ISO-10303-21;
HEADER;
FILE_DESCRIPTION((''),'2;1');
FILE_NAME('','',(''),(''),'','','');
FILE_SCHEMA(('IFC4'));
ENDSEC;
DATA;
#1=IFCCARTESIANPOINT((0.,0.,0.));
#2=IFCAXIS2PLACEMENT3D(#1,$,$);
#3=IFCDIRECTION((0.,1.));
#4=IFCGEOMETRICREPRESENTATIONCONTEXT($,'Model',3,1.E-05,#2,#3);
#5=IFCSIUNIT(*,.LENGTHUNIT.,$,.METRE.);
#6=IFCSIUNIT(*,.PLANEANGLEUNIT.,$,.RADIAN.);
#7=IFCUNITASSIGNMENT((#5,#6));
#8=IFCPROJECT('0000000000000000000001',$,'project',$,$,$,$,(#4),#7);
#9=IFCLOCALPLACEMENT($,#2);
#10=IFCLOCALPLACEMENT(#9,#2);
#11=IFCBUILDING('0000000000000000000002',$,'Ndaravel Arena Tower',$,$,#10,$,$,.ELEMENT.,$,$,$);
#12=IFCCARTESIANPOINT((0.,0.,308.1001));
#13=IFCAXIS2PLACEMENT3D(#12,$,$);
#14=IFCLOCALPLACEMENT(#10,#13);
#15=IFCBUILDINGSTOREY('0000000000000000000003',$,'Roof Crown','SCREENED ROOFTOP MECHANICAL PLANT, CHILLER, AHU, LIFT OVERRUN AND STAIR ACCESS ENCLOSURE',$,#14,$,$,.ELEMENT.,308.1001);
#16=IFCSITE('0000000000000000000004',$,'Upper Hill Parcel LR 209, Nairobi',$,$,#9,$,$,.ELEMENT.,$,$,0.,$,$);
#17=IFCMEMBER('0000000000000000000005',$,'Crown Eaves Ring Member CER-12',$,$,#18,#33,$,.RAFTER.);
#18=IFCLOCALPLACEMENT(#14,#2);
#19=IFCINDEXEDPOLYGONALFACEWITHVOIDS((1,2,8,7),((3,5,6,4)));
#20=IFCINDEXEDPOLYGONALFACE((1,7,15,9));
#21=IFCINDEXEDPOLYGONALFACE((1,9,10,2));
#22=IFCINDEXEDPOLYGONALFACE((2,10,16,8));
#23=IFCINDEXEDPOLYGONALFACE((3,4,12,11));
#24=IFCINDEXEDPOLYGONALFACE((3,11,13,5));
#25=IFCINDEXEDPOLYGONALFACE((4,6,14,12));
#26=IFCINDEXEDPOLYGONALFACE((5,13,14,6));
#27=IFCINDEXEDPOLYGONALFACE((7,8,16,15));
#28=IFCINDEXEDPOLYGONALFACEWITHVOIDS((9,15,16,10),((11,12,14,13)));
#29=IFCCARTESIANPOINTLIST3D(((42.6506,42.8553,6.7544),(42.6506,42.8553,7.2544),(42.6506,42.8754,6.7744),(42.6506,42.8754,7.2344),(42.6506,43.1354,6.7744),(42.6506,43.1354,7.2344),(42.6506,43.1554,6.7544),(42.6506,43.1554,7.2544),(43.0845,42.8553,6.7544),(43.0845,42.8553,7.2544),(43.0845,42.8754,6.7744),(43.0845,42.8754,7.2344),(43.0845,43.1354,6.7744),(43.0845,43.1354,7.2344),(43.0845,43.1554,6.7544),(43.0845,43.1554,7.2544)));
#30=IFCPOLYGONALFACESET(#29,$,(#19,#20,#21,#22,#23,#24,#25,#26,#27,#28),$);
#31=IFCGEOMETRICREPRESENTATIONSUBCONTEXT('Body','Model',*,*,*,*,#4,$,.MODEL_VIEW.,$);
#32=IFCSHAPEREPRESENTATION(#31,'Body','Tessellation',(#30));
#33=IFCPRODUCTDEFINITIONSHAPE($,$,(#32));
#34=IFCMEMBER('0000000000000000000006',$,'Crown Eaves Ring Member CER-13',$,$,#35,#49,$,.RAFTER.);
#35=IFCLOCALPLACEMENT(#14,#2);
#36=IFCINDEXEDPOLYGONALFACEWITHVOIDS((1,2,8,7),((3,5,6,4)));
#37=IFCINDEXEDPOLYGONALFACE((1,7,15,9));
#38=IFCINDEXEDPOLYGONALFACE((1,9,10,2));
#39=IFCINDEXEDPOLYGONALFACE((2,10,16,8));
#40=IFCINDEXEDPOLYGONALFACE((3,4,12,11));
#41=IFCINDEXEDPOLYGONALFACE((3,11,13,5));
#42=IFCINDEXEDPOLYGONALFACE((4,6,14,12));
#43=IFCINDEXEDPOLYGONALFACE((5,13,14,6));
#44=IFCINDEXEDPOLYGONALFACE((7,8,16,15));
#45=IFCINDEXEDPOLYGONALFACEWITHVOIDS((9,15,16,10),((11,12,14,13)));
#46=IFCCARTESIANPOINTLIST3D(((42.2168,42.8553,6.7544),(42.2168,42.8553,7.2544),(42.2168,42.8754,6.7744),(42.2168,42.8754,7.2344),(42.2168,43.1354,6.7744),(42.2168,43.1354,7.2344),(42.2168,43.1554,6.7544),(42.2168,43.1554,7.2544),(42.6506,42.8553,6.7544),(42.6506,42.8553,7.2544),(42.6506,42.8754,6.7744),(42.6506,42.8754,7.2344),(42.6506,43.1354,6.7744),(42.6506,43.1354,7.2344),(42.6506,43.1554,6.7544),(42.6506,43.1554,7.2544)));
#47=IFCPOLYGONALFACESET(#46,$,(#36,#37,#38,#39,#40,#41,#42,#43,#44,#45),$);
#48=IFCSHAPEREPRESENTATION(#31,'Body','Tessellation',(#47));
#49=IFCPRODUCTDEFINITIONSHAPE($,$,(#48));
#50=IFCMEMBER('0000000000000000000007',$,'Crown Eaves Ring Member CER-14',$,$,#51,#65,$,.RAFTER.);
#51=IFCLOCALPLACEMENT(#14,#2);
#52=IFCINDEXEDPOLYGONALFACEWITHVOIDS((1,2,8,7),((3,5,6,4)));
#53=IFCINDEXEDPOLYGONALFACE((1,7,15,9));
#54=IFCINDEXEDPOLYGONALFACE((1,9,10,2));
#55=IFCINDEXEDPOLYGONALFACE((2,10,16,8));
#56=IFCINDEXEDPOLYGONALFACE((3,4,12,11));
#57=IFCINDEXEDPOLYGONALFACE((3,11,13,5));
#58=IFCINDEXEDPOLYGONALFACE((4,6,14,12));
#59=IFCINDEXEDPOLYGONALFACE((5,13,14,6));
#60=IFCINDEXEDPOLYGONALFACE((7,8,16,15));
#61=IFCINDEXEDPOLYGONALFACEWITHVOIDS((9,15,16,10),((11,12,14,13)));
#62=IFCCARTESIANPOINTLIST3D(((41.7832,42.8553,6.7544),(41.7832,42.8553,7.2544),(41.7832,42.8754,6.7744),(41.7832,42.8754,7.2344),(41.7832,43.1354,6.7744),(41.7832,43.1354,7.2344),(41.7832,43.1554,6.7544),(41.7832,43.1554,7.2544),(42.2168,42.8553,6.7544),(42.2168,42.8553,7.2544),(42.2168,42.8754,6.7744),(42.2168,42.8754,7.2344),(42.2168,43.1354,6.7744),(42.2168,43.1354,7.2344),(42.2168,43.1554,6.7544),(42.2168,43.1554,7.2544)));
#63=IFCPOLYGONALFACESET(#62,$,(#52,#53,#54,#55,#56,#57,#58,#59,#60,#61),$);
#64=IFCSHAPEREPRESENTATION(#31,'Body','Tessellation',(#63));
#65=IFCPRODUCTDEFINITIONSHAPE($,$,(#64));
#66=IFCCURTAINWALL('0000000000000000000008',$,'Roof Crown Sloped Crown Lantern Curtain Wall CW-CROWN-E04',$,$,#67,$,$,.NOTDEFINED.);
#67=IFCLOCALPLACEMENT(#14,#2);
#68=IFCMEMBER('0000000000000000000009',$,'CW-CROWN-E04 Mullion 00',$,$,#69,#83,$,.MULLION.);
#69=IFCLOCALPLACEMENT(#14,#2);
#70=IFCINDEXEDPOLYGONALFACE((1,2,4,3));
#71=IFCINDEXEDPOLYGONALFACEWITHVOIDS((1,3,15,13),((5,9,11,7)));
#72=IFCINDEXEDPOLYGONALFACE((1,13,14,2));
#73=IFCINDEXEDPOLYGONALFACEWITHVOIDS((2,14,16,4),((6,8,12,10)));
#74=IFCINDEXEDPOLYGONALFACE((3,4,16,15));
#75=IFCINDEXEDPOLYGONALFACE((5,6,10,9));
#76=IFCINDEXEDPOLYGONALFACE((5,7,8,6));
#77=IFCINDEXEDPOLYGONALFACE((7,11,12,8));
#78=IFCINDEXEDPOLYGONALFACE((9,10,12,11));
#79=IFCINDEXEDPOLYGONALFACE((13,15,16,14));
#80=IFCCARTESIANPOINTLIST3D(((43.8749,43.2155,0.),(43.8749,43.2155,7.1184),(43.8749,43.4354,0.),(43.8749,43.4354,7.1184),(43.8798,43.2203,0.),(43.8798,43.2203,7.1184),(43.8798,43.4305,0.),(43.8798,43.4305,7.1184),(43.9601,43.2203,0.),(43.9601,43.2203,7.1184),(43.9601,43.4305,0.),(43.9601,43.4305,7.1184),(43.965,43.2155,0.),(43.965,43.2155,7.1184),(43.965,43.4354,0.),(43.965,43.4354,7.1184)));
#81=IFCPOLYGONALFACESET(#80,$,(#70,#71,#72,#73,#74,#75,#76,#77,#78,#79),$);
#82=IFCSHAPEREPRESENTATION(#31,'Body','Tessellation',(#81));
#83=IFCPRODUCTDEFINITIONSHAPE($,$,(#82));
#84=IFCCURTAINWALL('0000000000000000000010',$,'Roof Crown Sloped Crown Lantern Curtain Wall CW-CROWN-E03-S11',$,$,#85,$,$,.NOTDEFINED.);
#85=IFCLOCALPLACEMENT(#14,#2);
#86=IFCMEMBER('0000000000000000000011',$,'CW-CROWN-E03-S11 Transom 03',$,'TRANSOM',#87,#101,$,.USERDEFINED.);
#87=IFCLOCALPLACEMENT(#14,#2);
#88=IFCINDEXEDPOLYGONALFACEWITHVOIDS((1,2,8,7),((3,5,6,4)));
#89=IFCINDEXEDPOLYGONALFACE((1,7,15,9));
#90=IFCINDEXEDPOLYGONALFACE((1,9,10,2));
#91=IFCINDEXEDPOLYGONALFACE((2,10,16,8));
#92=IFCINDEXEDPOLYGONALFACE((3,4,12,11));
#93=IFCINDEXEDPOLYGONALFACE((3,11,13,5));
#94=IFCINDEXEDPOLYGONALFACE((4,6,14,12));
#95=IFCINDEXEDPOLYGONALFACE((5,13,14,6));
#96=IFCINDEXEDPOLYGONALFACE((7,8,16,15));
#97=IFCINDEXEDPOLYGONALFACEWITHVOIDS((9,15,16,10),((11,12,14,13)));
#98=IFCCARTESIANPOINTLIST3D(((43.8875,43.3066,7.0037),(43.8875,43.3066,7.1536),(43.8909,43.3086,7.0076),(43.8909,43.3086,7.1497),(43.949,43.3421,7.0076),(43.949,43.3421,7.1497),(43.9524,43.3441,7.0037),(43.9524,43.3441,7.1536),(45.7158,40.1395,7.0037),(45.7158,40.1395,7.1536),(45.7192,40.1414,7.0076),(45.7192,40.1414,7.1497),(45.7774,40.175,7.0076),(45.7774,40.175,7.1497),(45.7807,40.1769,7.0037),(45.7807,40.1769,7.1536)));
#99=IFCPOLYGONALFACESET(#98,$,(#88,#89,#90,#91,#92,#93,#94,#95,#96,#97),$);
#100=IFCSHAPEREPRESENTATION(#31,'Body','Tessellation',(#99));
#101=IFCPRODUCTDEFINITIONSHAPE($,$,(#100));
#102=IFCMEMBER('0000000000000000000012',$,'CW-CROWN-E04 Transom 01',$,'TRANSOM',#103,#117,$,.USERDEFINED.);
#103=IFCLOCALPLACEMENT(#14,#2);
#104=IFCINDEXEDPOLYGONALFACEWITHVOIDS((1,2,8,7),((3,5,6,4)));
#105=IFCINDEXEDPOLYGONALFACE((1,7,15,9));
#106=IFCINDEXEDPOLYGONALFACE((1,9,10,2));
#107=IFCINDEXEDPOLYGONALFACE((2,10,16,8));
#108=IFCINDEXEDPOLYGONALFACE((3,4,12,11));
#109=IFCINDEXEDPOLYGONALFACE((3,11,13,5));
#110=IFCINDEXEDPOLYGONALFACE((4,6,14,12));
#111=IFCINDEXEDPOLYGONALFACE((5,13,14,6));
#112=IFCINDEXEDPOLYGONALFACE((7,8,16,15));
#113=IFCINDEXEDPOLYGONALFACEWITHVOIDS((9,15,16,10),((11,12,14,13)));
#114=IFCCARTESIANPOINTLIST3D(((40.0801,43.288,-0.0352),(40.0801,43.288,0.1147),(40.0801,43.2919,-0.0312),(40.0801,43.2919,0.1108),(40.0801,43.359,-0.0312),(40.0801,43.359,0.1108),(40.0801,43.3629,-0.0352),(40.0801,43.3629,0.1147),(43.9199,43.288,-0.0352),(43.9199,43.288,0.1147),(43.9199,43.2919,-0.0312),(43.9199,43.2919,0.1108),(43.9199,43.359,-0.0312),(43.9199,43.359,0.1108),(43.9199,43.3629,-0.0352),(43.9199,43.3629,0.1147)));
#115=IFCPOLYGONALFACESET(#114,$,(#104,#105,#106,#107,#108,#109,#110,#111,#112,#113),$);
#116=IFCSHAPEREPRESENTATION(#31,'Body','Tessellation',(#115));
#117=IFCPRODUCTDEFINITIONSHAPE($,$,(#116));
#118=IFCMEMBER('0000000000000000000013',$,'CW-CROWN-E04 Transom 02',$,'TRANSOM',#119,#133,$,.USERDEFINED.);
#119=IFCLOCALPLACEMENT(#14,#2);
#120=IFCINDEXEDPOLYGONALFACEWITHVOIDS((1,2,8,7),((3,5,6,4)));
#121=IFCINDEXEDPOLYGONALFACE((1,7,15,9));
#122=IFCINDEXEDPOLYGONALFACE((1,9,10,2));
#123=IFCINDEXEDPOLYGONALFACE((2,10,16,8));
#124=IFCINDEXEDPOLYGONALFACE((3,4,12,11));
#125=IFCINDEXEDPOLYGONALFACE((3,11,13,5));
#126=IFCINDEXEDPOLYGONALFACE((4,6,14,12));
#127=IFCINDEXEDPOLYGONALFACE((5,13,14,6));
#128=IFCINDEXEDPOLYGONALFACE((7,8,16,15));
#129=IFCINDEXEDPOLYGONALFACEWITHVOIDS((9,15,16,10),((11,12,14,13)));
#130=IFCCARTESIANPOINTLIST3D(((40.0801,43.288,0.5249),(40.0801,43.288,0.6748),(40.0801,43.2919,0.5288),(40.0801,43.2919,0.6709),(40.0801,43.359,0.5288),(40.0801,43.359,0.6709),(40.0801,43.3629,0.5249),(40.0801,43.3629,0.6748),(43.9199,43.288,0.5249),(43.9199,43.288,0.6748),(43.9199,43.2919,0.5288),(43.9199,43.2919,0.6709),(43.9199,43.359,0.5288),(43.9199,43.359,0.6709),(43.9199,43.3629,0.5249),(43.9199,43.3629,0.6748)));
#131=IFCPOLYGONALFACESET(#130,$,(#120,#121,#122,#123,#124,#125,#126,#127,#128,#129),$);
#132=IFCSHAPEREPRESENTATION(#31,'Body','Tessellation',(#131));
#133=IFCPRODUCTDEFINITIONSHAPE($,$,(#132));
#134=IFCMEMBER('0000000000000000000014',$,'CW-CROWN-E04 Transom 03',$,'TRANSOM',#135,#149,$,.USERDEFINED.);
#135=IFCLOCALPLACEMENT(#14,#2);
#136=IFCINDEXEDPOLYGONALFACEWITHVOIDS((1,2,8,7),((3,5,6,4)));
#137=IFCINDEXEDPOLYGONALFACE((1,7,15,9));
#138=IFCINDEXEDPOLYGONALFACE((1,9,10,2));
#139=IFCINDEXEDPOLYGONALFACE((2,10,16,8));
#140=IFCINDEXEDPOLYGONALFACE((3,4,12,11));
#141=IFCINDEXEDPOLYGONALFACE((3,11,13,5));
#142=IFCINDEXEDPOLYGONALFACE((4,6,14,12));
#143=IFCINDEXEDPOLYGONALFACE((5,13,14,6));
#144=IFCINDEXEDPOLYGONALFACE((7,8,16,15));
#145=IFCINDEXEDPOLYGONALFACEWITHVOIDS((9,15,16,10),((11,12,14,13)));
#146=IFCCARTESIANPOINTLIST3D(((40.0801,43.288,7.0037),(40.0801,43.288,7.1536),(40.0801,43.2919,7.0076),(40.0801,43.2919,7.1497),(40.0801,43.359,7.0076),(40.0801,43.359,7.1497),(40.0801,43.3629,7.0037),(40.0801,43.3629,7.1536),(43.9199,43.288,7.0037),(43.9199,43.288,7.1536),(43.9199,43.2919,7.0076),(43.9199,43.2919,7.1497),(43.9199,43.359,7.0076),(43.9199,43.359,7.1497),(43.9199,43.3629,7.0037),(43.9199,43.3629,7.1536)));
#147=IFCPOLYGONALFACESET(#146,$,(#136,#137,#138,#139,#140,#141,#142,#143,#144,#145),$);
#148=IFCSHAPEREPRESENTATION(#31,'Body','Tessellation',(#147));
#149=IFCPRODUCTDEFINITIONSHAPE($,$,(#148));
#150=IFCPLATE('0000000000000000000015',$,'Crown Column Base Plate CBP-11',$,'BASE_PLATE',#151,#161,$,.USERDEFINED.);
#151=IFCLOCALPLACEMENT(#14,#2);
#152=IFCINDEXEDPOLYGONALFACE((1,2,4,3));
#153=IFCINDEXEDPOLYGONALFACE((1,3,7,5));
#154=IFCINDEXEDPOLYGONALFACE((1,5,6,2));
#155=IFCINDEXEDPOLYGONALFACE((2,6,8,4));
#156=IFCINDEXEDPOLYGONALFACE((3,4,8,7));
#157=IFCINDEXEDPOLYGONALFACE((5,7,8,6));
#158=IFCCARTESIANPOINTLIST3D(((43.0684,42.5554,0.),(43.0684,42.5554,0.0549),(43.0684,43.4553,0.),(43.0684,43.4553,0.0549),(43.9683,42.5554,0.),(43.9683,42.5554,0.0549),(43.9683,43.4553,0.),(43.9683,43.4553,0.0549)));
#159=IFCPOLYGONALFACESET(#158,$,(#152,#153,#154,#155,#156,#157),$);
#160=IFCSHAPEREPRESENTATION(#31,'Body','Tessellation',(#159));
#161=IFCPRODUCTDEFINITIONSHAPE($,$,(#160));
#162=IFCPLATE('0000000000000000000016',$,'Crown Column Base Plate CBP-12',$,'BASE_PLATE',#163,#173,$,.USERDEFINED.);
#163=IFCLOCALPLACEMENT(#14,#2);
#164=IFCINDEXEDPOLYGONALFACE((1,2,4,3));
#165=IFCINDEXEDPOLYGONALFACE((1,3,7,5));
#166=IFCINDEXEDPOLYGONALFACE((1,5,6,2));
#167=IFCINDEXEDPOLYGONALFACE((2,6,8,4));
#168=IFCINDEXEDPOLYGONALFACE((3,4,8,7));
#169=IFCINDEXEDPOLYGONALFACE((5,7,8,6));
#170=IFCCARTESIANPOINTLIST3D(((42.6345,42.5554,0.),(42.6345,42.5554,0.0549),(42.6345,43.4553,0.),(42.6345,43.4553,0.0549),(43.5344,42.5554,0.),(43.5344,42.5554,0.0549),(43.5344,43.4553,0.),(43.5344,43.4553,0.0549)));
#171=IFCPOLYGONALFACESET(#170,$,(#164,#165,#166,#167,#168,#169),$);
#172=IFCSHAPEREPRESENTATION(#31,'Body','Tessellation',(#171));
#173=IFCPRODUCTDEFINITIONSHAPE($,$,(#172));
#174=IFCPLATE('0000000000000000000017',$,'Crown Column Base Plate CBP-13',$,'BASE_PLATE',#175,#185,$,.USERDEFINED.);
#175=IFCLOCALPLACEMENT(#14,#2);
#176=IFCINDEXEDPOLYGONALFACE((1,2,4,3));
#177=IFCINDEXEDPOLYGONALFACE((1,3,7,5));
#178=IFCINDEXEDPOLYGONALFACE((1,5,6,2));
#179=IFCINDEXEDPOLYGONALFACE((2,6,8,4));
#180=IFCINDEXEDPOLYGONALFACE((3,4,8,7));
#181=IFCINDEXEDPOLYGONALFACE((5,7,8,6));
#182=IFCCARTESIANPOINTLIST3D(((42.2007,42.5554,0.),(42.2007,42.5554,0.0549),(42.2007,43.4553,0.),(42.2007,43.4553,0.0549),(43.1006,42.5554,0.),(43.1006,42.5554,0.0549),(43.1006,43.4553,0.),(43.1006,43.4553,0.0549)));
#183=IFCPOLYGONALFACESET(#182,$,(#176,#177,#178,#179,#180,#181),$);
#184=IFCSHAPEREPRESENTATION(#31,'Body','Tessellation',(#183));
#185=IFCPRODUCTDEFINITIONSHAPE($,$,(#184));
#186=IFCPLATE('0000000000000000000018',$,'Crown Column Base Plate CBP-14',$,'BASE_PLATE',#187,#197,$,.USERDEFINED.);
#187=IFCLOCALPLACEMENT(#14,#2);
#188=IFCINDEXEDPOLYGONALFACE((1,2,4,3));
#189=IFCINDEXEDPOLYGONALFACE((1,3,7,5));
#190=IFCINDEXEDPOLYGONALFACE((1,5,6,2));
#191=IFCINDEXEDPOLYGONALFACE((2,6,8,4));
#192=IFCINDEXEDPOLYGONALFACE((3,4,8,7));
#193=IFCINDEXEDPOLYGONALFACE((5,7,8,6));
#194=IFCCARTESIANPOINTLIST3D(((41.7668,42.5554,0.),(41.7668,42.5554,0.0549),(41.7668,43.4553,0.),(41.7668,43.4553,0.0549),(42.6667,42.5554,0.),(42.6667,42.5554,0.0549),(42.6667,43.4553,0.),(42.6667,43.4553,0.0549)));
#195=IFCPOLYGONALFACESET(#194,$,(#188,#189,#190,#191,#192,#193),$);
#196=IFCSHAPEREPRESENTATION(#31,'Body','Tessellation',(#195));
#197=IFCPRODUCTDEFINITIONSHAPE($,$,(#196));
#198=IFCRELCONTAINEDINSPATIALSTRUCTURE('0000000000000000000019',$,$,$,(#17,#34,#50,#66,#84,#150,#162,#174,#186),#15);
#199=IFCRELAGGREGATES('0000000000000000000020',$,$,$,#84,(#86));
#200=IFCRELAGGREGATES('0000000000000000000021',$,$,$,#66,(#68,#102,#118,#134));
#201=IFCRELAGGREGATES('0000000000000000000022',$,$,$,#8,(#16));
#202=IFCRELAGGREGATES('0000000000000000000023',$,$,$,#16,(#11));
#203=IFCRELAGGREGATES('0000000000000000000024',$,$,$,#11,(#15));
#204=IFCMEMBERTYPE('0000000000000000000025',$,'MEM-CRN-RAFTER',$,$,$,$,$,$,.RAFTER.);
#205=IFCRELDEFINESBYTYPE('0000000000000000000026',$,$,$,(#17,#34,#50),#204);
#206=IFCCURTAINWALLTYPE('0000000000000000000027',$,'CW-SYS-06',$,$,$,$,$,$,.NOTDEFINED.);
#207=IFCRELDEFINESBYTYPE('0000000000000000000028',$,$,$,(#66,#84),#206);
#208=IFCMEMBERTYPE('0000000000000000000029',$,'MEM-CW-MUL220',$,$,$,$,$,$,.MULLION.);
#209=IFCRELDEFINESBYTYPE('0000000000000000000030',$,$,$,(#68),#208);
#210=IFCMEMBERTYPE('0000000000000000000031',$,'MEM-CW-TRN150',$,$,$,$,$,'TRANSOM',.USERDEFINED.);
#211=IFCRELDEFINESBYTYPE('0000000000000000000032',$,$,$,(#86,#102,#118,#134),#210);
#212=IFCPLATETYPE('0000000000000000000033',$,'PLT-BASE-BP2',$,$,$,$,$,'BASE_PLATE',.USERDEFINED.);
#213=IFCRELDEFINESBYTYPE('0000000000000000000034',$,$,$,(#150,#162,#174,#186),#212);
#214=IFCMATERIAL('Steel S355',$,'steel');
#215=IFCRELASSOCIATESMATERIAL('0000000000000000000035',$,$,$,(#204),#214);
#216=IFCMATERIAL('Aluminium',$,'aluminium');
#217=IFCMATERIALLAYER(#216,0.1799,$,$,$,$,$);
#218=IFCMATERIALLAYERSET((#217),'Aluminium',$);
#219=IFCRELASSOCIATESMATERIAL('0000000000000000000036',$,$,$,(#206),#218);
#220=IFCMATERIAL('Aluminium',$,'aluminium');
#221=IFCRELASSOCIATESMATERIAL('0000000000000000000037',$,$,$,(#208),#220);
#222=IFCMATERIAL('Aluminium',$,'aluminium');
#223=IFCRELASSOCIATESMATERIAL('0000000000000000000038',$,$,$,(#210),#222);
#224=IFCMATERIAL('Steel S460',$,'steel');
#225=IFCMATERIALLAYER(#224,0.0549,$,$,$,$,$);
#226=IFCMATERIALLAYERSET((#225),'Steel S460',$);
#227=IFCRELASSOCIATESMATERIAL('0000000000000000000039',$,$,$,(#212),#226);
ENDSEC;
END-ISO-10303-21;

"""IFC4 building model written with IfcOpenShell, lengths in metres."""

from ifc_helpers import new_model, si_unit, direction, frame, origin, origin_2d, place, context, subcontext, project, spatial, rectangle, hollow_rectangle, extrude, material, layer, layer_set, material_profile, profile_set, type_object, element, aggregate, save


model = new_model("IFC4")

# Units and contexts
model_context = context("Model", 3, precision=1e-05, world=origin(), true_north=direction((0.0, 1.0)))
body_context = subcontext(model_context, "Body", "Model", "MODEL_VIEW")
ifc_project = project(units=[si_unit("LENGTHUNIT", "METRE"), si_unit("PLANEANGLEUNIT", "RADIAN")], contexts=[model_context])

# Site, building, storey
site_placement = place(None, origin())
site = spatial("IfcSite", under=ifc_project, at=site_placement, Name="Upper Hill Parcel LR 209, Nairobi", CompositionType="ELEMENT", RefElevation=0.0)
building_placement = place(site_placement, origin())
building = spatial("IfcBuilding", under=site, at=building_placement, Name="Ndaravel Arena Tower", CompositionType="ELEMENT")
storey_placement = place(building_placement, frame((0.0, 0.0, 308.1001)))
storey = spatial("IfcBuildingStorey", under=building, at=storey_placement, Name="Roof Crown", Description="SCREENED ROOFTOP MECHANICAL PLANT, CHILLER, AHU, LIFT OVERRUN AND STAIR ACCESS ENCLOSURE", CompositionType="ELEMENT", Elevation=308.1001)

# Members
ifc_material_1 = material(Name="Steel S355", Category="steel")
ifc_material_profile_1 = material_profile(ifc_material_1, hollow_rectangle(XDim=0.3, YDim=0.5, WallThickness=0.02, at=origin_2d()), Name="RHS 500x300x20")
ifc_profile_set_1 = profile_set([ifc_material_profile_1], Name="Steel S355")
member_type_1 = type_object("IfcMemberType", Name="MEM-CRN-RAFTER", PredefinedType="RAFTER", material=ifc_profile_set_1)
for number, where, z_axis, x_axis, name in (
    (1, (43.0845, 43.0054, 7.0044), (-1.0, 0.0, 0.0), (0.0, -1.0, 0.0), "Crown Eaves Ring Member CER-12"),
    (2, (42.6506, 43.0054, 7.0044), (-1.0, 0.0, 0.0), (0.0, -1.0, 0.0), "Crown Eaves Ring Member CER-13"),
):
    element("IfcMember", number, at=place(storey_placement, frame(where, z_axis=z_axis, x_axis=x_axis)), inside=storey, type_object=member_type_1, Name=name, PredefinedType="RAFTER", context=body_context, shape_type="SweptSolid", body=[
        extrude(hollow_rectangle(XDim=0.3, YDim=0.5, WallThickness=0.02, at=origin_2d()), origin(), (0.0, 0.0, 1.0), 0.4338),
    ])
member_1_placement = place(storey_placement, frame((42.2168, 43.0054, 7.0044), z_axis=(-1.0, 0.0, 0.0), x_axis=(0.0, -1.0, 0.0)))
element("IfcMember", 3, at=member_1_placement, inside=storey, type_object=member_type_1, Name="Crown Eaves Ring Member CER-14", PredefinedType="RAFTER", context=body_context, shape_type="SweptSolid", body=[
    extrude(hollow_rectangle(XDim=0.3, YDim=0.5, WallThickness=0.02, at=origin_2d()), origin(), (0.0, 0.0, 1.0), 0.4336),
])

# Curtain walls, members
ifc_material_2 = material(Name="Aluminium", Category="aluminium")
ifc_layer_1 = layer(ifc_material_2, 0.1799)
ifc_layer_set_1 = layer_set([ifc_layer_1], Name="Aluminium")
curtain_wall_type = type_object("IfcCurtainWallType", Name="CW-SYS-06", PredefinedType="NOTDEFINED", material=ifc_layer_set_1)
curtain_wall_1_placement = place(storey_placement, origin())
curtain_wall_1 = element("IfcCurtainWall", 4, at=curtain_wall_1_placement, inside=storey, type_object=curtain_wall_type, Name="Roof Crown Sloped Crown Lantern Curtain Wall CW-CROWN-E04", PredefinedType="NOTDEFINED")
ifc_material_3 = material(Name="Aluminium", Category="aluminium")
ifc_material_profile_2 = material_profile(ifc_material_3, hollow_rectangle(XDim=0.0901, YDim=0.22, WallThickness=0.0049, at=origin_2d()), Name="CW MULLION 90x220x5")
ifc_profile_set_2 = profile_set([ifc_material_profile_2], Name="Aluminium")
member_type_2 = type_object("IfcMemberType", Name="MEM-CW-MUL220", PredefinedType="MULLION", material=ifc_profile_set_2)
member_2_placement = place(storey_placement, frame((43.9199, 43.3254, 0.0), z_axis=(0.0, 0.0, 1.0), x_axis=(-1.0, 0.0, 0.0)))
member_2 = element("IfcMember", 5, at=member_2_placement, type_object=member_type_2, Name="CW-CROWN-E04 Mullion 00", PredefinedType="MULLION", context=body_context, shape_type="SweptSolid", body=[
    extrude(hollow_rectangle(XDim=0.0901, YDim=0.22, WallThickness=0.0049, at=origin_2d()), origin(), (0.0, 0.0, 1.0), 7.1184),
])
curtain_wall_2_placement = place(storey_placement, origin())
curtain_wall_2 = element("IfcCurtainWall", 6, at=curtain_wall_2_placement, inside=storey, type_object=curtain_wall_type, Name="Roof Crown Sloped Crown Lantern Curtain Wall CW-CROWN-E03-S11", PredefinedType="NOTDEFINED")
ifc_material_4 = material(Name="Aluminium", Category="aluminium")
ifc_material_profile_3 = material_profile(ifc_material_4, hollow_rectangle(XDim=0.075, YDim=0.1499, WallThickness=0.0039, at=origin_2d()), Name="CW TRANSOM 75x150x4")
ifc_profile_set_3 = profile_set([ifc_material_profile_3], Name="Aluminium")
member_type_3 = type_object("IfcMemberType", Name="MEM-CW-TRN150", ElementType="TRANSOM", PredefinedType="USERDEFINED", material=ifc_profile_set_3)
member_3_placement = place(storey_placement, frame((45.7483, 40.1582, 7.0786), z_axis=(-0.499952, 0.866053, 0.0), x_axis=(-0.866053, -0.499952, 0.0)))
member_3 = element("IfcMember", 7, at=member_3_placement, type_object=member_type_3, Name="CW-CROWN-E03-S11 Transom 03", ObjectType="TRANSOM", PredefinedType="USERDEFINED", context=body_context, shape_type="SweptSolid", body=[
    extrude(hollow_rectangle(XDim=0.075, YDim=0.1499, WallThickness=0.0039, at=origin_2d()), origin(), (0.0, 0.0, 1.0), 3.657),
])

# Members
member_4_placement = place(storey_placement, frame((43.9199, 43.3254, 0.0398), z_axis=(-1.0, 0.0, 0.0), x_axis=(0.0, -1.0, 0.0)))
member_4 = element("IfcMember", 8, at=member_4_placement, type_object=member_type_3, Name="CW-CROWN-E04 Transom 01", ObjectType="TRANSOM", PredefinedType="USERDEFINED", context=body_context, shape_type="SweptSolid", body=[
    extrude(hollow_rectangle(XDim=0.075, YDim=0.1499, WallThickness=0.0039, at=origin_2d()), origin(), (0.0, 0.0, 1.0), 3.8398),
])
member_5_placement = place(storey_placement, frame((43.9199, 43.3254, 0.5999), z_axis=(-1.0, 0.0, 0.0), x_axis=(0.0, -1.0, 0.0)))
member_5 = element("IfcMember", 9, at=member_5_placement, type_object=member_type_3, Name="CW-CROWN-E04 Transom 02", ObjectType="TRANSOM", PredefinedType="USERDEFINED", context=body_context, shape_type="SweptSolid", body=[
    extrude(hollow_rectangle(XDim=0.075, YDim=0.1499, WallThickness=0.0039, at=origin_2d()), origin(), (0.0, 0.0, 1.0), 3.8398),
])
member_6_placement = place(storey_placement, frame((43.9199, 43.3254, 7.0786), z_axis=(-1.0, 0.0, 0.0), x_axis=(0.0, -1.0, 0.0)))
member_6 = element("IfcMember", 10, at=member_6_placement, type_object=member_type_3, Name="CW-CROWN-E04 Transom 03", ObjectType="TRANSOM", PredefinedType="USERDEFINED", context=body_context, shape_type="SweptSolid", body=[
    extrude(hollow_rectangle(XDim=0.075, YDim=0.1499, WallThickness=0.0039, at=origin_2d()), origin(), (0.0, 0.0, 1.0), 3.8398),
])

# Plates
ifc_material_5 = material(Name="Steel S460", Category="steel")
ifc_layer_2 = layer(ifc_material_5, 0.0549)
ifc_layer_set_2 = layer_set([ifc_layer_2], Name="Steel S460")
plate_type_1 = type_object("IfcPlateType", Name="PLT-BASE-BP2", ElementType="BASE_PLATE", PredefinedType="USERDEFINED", material=ifc_layer_set_2)
for number, where, z_axis, x_axis, name in (
    (11, (43.5183, 43.0054, 0.0), (0.0, 0.0, 1.0), (1.0, 0.0, 0.0), "Crown Column Base Plate CBP-11"),
    (12, (43.0845, 43.0054, 0.0), (0.0, 0.0, 1.0), (1.0, 0.0, 0.0), "Crown Column Base Plate CBP-12"),
    (13, (42.6506, 43.0054, 0.0), (0.0, 0.0, 1.0), (1.0, 0.0, 0.0), "Crown Column Base Plate CBP-13"),
    (14, (42.2168, 43.0054, 0.0), (0.0, 0.0, 1.0), (1.0, 0.0, 0.0), "Crown Column Base Plate CBP-14"),
):
    element("IfcPlate", number, at=place(storey_placement, frame(where, z_axis=z_axis, x_axis=x_axis)), inside=storey, type_object=plate_type_1, Name=name, ObjectType="BASE_PLATE", PredefinedType="USERDEFINED", context=body_context, shape_type="SweptSolid", body=[
        extrude(rectangle(XDim=0.8999, YDim=0.8999, at=origin_2d()), origin(), (0.0, 0.0, 1.0), 0.0549),
    ])

aggregate(curtain_wall_2, [member_3])
aggregate(curtain_wall_1, [member_2, member_4, member_5, member_6])

save(model, "model.ifc")
